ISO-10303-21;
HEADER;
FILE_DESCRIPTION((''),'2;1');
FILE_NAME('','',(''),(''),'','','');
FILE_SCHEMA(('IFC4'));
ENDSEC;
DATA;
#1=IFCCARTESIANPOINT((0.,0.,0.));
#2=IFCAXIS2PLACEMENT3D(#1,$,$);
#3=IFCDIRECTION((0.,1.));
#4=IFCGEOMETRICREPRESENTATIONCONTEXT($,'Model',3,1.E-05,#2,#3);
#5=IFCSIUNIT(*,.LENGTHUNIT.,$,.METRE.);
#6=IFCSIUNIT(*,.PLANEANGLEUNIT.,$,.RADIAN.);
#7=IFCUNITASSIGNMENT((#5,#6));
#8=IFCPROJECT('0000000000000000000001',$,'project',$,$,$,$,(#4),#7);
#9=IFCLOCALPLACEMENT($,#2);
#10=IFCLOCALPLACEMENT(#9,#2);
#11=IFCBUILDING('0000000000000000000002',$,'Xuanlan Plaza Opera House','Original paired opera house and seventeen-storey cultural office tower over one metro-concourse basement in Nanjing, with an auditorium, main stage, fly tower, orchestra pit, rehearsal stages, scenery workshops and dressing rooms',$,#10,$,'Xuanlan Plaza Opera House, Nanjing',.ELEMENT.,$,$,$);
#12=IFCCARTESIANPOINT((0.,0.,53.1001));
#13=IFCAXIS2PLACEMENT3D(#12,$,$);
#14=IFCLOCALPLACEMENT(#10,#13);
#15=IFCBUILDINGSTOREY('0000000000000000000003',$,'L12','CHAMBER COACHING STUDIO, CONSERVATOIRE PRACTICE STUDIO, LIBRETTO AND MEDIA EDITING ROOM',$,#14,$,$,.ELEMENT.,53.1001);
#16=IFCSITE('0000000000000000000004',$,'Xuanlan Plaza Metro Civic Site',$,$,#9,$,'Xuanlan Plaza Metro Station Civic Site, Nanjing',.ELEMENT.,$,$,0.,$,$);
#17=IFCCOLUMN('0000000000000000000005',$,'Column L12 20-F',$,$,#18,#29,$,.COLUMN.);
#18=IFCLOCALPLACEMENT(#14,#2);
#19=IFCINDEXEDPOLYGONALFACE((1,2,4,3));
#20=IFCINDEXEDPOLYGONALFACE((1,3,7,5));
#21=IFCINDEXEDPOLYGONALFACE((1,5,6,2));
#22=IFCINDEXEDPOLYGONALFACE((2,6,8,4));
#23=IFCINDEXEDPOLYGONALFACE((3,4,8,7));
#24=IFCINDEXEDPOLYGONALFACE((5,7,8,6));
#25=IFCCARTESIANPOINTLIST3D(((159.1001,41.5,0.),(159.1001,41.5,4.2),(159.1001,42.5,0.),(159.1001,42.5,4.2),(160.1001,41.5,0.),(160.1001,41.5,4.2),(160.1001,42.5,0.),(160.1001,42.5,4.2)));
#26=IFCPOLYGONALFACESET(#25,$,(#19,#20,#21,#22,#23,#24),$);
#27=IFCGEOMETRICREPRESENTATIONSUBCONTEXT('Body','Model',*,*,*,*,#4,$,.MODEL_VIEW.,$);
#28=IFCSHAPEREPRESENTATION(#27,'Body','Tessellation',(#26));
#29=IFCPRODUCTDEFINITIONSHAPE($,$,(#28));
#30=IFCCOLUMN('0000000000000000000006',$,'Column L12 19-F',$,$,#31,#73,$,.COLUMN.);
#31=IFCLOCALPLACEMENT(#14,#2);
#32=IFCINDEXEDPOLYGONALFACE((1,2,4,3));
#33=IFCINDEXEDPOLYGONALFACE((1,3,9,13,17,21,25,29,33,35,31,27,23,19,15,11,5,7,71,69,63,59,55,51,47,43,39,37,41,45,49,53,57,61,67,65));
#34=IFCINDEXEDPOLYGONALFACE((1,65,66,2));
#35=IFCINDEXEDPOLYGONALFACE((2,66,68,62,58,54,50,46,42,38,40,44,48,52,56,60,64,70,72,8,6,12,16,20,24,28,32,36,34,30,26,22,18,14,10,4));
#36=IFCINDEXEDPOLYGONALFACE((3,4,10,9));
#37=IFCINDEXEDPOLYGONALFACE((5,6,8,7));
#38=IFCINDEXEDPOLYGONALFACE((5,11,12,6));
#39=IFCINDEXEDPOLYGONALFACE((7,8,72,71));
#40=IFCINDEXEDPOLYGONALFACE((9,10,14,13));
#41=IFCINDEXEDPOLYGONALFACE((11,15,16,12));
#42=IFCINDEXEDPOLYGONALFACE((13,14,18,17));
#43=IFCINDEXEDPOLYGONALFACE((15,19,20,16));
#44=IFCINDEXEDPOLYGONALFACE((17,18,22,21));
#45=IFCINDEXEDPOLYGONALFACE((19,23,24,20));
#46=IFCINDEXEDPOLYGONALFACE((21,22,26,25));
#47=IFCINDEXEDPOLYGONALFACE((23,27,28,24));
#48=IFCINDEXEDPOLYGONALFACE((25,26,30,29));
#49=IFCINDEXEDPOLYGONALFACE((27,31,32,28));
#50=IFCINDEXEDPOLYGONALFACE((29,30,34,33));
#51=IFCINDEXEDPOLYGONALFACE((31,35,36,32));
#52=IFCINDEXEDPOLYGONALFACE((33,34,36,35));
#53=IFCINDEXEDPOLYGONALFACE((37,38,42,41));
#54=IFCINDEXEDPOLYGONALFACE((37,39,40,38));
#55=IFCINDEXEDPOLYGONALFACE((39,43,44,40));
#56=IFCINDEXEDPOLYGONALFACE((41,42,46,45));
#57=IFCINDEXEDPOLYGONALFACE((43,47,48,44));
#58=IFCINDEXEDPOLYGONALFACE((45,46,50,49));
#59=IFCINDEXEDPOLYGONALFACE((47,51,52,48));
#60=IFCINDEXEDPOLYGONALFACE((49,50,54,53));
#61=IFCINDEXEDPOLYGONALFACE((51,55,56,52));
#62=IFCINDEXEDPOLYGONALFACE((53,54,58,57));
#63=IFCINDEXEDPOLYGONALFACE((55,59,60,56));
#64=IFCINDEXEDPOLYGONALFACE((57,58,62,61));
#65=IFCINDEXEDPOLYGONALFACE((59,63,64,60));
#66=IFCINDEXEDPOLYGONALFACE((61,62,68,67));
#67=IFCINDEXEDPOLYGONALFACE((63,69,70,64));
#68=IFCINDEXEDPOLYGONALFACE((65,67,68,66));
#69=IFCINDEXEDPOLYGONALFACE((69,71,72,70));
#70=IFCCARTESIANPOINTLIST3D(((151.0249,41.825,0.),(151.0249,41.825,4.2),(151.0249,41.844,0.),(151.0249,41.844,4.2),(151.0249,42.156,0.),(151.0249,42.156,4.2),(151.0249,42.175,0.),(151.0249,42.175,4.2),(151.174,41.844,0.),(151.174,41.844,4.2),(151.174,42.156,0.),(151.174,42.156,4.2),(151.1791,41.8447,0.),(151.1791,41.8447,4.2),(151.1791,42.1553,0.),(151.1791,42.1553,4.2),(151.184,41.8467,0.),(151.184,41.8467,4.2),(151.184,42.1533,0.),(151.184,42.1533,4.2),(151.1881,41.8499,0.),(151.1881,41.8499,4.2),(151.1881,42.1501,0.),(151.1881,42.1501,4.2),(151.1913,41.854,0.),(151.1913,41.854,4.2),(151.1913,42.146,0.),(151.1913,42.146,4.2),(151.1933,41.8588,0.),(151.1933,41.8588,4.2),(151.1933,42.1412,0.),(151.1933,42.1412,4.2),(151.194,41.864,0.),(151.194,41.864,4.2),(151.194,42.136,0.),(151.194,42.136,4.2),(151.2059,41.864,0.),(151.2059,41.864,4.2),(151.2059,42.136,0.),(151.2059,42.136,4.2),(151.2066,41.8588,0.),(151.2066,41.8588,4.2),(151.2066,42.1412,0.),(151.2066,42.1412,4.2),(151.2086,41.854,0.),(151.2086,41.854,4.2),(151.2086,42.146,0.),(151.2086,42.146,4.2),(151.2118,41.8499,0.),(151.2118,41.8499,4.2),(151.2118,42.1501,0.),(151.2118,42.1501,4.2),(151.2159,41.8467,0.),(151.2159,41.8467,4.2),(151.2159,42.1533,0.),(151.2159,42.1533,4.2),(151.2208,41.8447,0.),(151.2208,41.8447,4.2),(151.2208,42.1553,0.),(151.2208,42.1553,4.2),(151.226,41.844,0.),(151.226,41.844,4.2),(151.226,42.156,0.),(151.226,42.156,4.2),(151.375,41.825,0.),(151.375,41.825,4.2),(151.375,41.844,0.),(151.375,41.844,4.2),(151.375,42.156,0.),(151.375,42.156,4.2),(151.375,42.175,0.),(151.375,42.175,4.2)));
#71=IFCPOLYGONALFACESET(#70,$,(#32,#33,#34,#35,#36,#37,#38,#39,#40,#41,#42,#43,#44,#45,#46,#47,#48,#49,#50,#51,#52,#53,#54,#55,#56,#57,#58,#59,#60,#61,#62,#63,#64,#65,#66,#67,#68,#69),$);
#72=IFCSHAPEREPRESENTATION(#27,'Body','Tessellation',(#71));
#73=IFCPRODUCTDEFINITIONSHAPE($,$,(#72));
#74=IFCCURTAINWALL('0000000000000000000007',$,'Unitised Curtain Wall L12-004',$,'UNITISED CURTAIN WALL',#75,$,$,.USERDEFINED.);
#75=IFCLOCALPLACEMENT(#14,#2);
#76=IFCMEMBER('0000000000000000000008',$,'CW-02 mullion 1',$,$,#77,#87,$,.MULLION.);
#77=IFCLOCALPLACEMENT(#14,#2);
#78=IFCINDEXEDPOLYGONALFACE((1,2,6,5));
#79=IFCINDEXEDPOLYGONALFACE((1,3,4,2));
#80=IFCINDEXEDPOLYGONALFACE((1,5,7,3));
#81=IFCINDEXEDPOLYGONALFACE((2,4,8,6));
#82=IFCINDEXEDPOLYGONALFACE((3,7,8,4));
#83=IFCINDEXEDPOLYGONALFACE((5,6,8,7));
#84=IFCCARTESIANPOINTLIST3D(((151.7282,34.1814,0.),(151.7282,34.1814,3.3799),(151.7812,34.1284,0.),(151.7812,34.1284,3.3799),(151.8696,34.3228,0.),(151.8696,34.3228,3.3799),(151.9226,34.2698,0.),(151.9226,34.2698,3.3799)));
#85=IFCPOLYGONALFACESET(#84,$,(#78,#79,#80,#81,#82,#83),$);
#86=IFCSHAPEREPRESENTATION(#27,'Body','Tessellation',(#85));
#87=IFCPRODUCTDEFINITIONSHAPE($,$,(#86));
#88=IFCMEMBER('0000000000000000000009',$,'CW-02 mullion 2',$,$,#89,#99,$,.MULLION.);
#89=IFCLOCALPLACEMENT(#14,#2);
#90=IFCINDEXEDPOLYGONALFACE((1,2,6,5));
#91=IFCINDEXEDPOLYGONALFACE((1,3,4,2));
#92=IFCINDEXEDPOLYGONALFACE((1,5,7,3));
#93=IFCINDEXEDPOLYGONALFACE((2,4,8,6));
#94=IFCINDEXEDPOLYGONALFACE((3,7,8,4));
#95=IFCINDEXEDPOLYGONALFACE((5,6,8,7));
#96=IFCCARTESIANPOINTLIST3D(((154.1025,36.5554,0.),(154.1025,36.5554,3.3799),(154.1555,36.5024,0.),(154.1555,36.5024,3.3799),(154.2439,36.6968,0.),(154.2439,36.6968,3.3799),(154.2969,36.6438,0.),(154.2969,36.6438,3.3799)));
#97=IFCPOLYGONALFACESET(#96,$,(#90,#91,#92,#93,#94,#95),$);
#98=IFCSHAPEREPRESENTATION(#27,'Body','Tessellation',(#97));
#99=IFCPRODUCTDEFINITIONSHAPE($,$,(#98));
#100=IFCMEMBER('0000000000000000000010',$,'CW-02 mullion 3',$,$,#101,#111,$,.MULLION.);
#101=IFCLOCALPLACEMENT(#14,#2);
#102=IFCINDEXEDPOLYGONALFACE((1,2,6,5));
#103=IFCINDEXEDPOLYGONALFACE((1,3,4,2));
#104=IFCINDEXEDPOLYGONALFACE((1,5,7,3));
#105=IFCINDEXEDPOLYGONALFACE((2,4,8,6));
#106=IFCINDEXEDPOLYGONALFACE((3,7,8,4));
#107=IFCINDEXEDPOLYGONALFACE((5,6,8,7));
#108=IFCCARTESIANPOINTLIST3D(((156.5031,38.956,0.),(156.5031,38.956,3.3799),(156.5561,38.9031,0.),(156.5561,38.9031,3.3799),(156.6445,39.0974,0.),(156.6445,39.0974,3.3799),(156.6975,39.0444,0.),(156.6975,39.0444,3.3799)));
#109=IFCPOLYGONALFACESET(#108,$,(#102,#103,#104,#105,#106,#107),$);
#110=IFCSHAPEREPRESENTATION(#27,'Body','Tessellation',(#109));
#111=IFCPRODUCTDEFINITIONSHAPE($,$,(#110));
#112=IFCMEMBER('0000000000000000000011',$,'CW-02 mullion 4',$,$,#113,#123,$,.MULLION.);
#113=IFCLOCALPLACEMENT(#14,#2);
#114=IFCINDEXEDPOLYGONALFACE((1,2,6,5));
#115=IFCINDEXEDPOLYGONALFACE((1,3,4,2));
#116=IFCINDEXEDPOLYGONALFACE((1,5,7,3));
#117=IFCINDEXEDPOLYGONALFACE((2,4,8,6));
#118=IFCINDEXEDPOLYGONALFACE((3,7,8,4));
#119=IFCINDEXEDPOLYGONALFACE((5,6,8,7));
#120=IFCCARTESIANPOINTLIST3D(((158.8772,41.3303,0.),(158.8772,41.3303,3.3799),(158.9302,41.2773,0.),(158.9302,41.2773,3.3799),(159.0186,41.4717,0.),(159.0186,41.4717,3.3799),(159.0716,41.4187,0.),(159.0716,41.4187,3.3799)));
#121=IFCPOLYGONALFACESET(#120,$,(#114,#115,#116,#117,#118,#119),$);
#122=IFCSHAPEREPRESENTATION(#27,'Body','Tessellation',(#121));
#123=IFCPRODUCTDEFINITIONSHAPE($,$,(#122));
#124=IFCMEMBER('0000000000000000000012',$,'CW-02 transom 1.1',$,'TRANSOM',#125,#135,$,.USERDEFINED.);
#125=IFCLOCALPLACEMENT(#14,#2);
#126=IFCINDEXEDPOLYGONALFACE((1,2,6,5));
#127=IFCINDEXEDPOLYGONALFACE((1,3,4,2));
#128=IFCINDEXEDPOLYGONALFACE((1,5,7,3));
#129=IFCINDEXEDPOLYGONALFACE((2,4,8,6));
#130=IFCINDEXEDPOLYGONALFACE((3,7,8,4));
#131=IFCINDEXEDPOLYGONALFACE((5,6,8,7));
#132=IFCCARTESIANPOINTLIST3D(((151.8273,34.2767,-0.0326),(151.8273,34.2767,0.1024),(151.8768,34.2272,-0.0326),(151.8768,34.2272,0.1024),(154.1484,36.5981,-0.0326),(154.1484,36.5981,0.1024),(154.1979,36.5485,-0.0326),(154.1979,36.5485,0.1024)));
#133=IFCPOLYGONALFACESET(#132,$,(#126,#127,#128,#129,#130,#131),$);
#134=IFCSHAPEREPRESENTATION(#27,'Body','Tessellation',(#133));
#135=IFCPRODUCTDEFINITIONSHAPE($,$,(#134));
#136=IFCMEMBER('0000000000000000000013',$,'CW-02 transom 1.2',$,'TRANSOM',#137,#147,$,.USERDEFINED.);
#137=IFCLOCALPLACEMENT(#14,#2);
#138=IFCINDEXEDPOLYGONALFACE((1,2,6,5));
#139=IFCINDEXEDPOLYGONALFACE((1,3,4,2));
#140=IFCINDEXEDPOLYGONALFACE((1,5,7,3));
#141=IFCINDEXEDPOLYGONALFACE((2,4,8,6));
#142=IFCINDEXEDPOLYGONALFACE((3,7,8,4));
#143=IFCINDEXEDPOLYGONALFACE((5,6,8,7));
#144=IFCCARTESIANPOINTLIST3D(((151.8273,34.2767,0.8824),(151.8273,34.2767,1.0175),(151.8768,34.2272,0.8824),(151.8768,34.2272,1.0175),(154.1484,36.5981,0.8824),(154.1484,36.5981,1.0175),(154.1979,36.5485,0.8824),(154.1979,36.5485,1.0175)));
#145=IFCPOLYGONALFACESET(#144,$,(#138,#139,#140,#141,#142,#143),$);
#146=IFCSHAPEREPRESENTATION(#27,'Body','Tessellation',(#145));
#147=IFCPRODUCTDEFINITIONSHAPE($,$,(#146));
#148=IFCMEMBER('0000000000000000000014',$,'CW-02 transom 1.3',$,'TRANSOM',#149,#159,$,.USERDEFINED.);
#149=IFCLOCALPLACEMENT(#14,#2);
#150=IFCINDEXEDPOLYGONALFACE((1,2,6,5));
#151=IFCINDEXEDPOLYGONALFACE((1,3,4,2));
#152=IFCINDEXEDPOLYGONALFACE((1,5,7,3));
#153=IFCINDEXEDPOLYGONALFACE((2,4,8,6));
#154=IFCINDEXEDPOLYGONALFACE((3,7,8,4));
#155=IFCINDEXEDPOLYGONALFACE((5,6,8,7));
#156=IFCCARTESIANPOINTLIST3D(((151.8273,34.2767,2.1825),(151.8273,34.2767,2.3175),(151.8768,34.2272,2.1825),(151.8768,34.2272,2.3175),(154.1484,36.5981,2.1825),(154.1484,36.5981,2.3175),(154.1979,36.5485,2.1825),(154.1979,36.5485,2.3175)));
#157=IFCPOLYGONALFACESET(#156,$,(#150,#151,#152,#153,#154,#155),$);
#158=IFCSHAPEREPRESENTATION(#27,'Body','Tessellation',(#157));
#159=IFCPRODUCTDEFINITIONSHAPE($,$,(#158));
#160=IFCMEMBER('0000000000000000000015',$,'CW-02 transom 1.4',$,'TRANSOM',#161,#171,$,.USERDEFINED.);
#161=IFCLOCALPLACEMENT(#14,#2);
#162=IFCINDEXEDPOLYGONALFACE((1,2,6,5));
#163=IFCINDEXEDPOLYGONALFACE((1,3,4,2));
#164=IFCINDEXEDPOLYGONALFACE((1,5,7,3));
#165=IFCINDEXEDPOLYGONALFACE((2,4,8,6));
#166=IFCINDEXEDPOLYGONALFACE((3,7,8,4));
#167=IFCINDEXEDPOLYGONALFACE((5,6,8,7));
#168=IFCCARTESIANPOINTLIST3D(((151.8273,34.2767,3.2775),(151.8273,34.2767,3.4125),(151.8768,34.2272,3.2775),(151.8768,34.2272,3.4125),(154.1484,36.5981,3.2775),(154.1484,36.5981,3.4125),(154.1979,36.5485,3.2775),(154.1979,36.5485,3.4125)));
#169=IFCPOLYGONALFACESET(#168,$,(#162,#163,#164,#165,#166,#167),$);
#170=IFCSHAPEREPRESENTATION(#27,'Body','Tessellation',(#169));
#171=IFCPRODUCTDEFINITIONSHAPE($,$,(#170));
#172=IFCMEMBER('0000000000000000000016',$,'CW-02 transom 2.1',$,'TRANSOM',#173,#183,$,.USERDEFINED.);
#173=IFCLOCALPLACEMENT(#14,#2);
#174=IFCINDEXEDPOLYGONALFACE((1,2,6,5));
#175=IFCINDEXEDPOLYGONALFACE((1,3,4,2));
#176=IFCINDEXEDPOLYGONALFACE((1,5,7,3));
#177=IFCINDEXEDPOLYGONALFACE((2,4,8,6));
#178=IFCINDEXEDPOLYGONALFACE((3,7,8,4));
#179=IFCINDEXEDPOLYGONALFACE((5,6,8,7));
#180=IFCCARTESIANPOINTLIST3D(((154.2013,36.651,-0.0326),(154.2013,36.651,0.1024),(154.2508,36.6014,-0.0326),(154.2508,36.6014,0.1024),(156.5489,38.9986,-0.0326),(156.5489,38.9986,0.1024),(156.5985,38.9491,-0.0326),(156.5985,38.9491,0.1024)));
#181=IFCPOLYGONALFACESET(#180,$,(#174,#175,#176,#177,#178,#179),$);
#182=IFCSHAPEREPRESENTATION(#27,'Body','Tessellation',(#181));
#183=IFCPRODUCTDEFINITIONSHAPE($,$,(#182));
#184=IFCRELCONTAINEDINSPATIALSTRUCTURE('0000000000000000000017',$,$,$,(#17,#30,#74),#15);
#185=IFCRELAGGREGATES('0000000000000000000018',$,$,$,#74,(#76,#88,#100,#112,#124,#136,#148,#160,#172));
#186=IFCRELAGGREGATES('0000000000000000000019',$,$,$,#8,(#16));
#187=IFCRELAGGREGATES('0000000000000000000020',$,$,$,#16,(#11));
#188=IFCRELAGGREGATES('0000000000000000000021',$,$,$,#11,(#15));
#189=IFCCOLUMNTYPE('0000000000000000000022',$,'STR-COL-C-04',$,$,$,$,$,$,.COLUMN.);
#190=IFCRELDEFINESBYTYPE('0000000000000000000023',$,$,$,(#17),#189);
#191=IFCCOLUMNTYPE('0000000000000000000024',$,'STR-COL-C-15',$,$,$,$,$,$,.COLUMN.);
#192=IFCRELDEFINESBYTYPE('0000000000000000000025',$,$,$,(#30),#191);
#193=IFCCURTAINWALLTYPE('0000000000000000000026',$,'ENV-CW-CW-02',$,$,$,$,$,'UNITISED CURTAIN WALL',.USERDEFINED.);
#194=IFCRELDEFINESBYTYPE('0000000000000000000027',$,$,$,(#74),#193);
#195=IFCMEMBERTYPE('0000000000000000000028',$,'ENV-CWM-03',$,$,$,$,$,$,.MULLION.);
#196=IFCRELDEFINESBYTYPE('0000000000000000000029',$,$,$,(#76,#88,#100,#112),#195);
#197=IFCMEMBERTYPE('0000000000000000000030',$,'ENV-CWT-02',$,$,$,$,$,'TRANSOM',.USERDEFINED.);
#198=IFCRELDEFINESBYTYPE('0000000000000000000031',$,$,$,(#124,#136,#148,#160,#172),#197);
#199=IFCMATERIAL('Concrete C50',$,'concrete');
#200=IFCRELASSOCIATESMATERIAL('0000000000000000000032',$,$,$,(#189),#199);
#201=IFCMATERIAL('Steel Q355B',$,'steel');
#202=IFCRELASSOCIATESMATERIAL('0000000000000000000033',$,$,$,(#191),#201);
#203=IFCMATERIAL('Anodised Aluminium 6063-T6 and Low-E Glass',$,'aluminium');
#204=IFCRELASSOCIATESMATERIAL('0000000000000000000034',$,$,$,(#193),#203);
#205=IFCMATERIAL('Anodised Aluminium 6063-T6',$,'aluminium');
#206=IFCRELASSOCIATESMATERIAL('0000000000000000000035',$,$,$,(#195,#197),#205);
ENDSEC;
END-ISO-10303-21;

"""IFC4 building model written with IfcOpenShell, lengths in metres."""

from ifc_helpers import new_model, si_unit, direction, frame, origin, origin_2d, place, context, subcontext, project, spatial, rectangle, i_section, extrude, material, material_profile, profile_set, type_object, element, aggregate, save


model = new_model("IFC4")

# Units and contexts
model_context = context("Model", 3, precision=1e-05, world=origin(), true_north=direction((0.0, 1.0)))
body_context = subcontext(model_context, "Body", "Model", "MODEL_VIEW")
ifc_project = project(units=[si_unit("LENGTHUNIT", "METRE"), si_unit("PLANEANGLEUNIT", "RADIAN")], contexts=[model_context])

# Site, building, storey
site_placement = place(None, origin())
site = spatial("IfcSite", under=ifc_project, at=site_placement, Name="Xuanlan Plaza Metro Civic Site", LongName="Xuanlan Plaza Metro Station Civic Site, Nanjing", CompositionType="ELEMENT", RefElevation=0.0)
building_placement = place(site_placement, origin())
building = spatial("IfcBuilding", under=site, at=building_placement, Name="Xuanlan Plaza Opera House", Description="Original paired opera house and seventeen-storey cultural office tower over one metro-concourse basement in Nanjing, with an auditorium, main stage, fly tower, orchestra pit, rehearsal stages, scenery workshops and dressing rooms", LongName="Xuanlan Plaza Opera House, Nanjing", CompositionType="ELEMENT")
storey_placement = place(building_placement, frame((0.0, 0.0, 53.1001)))
storey = spatial("IfcBuildingStorey", under=building, at=storey_placement, Name="L12", Description="CHAMBER COACHING STUDIO, CONSERVATOIRE PRACTICE STUDIO, LIBRETTO AND MEDIA EDITING ROOM", CompositionType="ELEMENT", Elevation=53.1001)

# Columns
ifc_material_1 = material(Name="Concrete C50", Category="concrete")
ifc_material_profile_1 = material_profile(ifc_material_1, rectangle(XDim=1.0, YDim=1.0, at=origin_2d()), Name="RC-COL 1000x1000")
ifc_profile_set_1 = profile_set([ifc_material_profile_1], Name="Concrete C50")
column_type_1 = type_object("IfcColumnType", Name="STR-COL-C-04", PredefinedType="COLUMN", material=ifc_profile_set_1)
column_1_placement = place(storey_placement, frame((159.6001, 42.0, 0.0), z_axis=(0.0, 0.0, 1.0), x_axis=(1.0, 0.0, 0.0)))
element("IfcColumn", 1, at=column_1_placement, inside=storey, type_object=column_type_1, Name="Column L12 20-F", PredefinedType="COLUMN", context=body_context, shape_type="SweptSolid", body=[
    extrude(rectangle(XDim=1.0, YDim=1.0, at=origin_2d()), origin(), (0.0, 0.0, 1.0), 4.2),
])
ifc_material_2 = material(Name="Steel Q355B", Category="steel")
ifc_material_profile_2 = material_profile(ifc_material_2, i_section(OverallWidth=0.3501, OverallDepth=0.3501, WebThickness=0.012, FlangeThickness=0.019, FilletRadius=0.02, at=origin_2d()), Name="HW 350x350x12x19")
ifc_profile_set_2 = profile_set([ifc_material_profile_2], Name="Steel Q355B")
column_type_2 = type_object("IfcColumnType", Name="STR-COL-C-15", PredefinedType="COLUMN", material=ifc_profile_set_2)
column_2_placement = place(storey_placement, frame((151.2, 42.0, 0.0), z_axis=(0.0, 0.0, 1.0), x_axis=(1.0, 0.0, 0.0)))
element("IfcColumn", 2, at=column_2_placement, inside=storey, type_object=column_type_2, Name="Column L12 19-F", PredefinedType="COLUMN", context=body_context, shape_type="SweptSolid", body=[
    extrude(i_section(OverallWidth=0.3501, OverallDepth=0.3501, WebThickness=0.012, FlangeThickness=0.019, FilletRadius=0.02, at=origin_2d()), origin(), (0.0, 0.0, 1.0), 4.2),
])

# Curtain wall, members
ifc_material_3 = material(Name="Anodised Aluminium 6063-T6 and Low-E Glass", Category="aluminium")
curtain_wall_type = type_object("IfcCurtainWallType", Name="ENV-CW-CW-02", ElementType="UNITISED CURTAIN WALL", PredefinedType="USERDEFINED", material=ifc_material_3)
curtain_wall_placement = place(storey_placement, origin())
curtain_wall = element("IfcCurtainWall", 3, at=curtain_wall_placement, inside=storey, type_object=curtain_wall_type, Name="Unitised Curtain Wall L12-004", ObjectType="UNITISED CURTAIN WALL", PredefinedType="USERDEFINED")
ifc_material_4 = material(Name="Anodised Aluminium 6063-T6", Category="aluminium")
ifc_material_profile_3 = material_profile(ifc_material_4, rectangle(XDim=0.075, YDim=0.2, at=origin_2d()), Name="ALU-M 75x200")
ifc_profile_set_3 = profile_set([ifc_material_profile_3], Name="Anodised Aluminium 6063-T6")
member_type_1 = type_object("IfcMemberType", Name="ENV-CWM-03", PredefinedType="MULLION", material=ifc_profile_set_3)
member_1_placement = place(storey_placement, frame((151.8254, 34.2256, 0.0), z_axis=(0.0, 0.0, 1.0), x_axis=(-0.707107, 0.707107, 0.0)))
member_1 = element("IfcMember", 4, at=member_1_placement, type_object=member_type_1, Name="CW-02 mullion 1", PredefinedType="MULLION", context=body_context, shape_type="SweptSolid", body=[
    extrude(rectangle(XDim=0.075, YDim=0.2, at=origin_2d()), origin(), (0.0, 0.0, 1.0), 3.3799),
])
member_2_placement = place(storey_placement, frame((154.1997, 36.5996, 0.0), z_axis=(0.0, 0.0, 1.0), x_axis=(-0.707107, 0.707107, 0.0)))
member_2 = element("IfcMember", 5, at=member_2_placement, type_object=member_type_1, Name="CW-02 mullion 2", PredefinedType="MULLION", context=body_context, shape_type="SweptSolid", body=[
    extrude(rectangle(XDim=0.075, YDim=0.2, at=origin_2d()), origin(), (0.0, 0.0, 1.0), 3.3799),
])
member_3_placement = place(storey_placement, frame((156.6003, 39.0002, 0.0), z_axis=(0.0, 0.0, 1.0), x_axis=(-0.707107, 0.707107, 0.0)))
member_3 = element("IfcMember", 6, at=member_3_placement, type_object=member_type_1, Name="CW-02 mullion 3", PredefinedType="MULLION", context=body_context, shape_type="SweptSolid", body=[
    extrude(rectangle(XDim=0.075, YDim=0.2, at=origin_2d()), origin(), (0.0, 0.0, 1.0), 3.3799),
])
member_4_placement = place(storey_placement, frame((158.9744, 41.3745, 0.0), z_axis=(0.0, 0.0, 1.0), x_axis=(-0.707107, 0.707107, 0.0)))
member_4 = element("IfcMember", 7, at=member_4_placement, type_object=member_type_1, Name="CW-02 mullion 4", PredefinedType="MULLION", context=body_context, shape_type="SweptSolid", body=[
    extrude(rectangle(XDim=0.075, YDim=0.2, at=origin_2d()), origin(), (0.0, 0.0, 1.0), 3.3799),
])
ifc_material_profile_4 = material_profile(ifc_material_4, rectangle(XDim=0.0701, YDim=0.135, at=origin_2d()), Name="ALU-T 70x135")
ifc_profile_set_4 = profile_set([ifc_material_profile_4], Name="Anodised Aluminium 6063-T6")
member_type_2 = type_object("IfcMemberType", Name="ENV-CWT-02", ElementType="TRANSOM", PredefinedType="USERDEFINED", material=ifc_profile_set_4)
member_5_placement = place(storey_placement, frame((151.8521, 34.252, 0.0349), z_axis=(0.70707, 0.707144, 0.0), x_axis=(-0.707144, 0.70707, 0.0)))
member_5 = element("IfcMember", 8, at=member_5_placement, type_object=member_type_2, Name="CW-02 transom 1.1", ObjectType="TRANSOM", PredefinedType="USERDEFINED", context=body_context, shape_type="SweptSolid", body=[
    extrude(rectangle(XDim=0.0701, YDim=0.135, at=origin_2d()), origin(), (0.0, 0.0, 1.0), 3.2827),
])
member_6_placement = place(storey_placement, frame((151.8521, 34.252, 0.95), z_axis=(0.70707, 0.707144, 0.0), x_axis=(-0.707144, 0.70707, 0.0)))
member_6 = element("IfcMember", 9, at=member_6_placement, type_object=member_type_2, Name="CW-02 transom 1.2", ObjectType="TRANSOM", PredefinedType="USERDEFINED", context=body_context, shape_type="SweptSolid", body=[
    extrude(rectangle(XDim=0.0701, YDim=0.135, at=origin_2d()), origin(), (0.0, 0.0, 1.0), 3.2827),
])
member_7_placement = place(storey_placement, frame((151.8521, 34.252, 2.25), z_axis=(0.70707, 0.707144, 0.0), x_axis=(-0.707144, 0.70707, 0.0)))
member_7 = element("IfcMember", 10, at=member_7_placement, type_object=member_type_2, Name="CW-02 transom 1.3", ObjectType="TRANSOM", PredefinedType="USERDEFINED", context=body_context, shape_type="SweptSolid", body=[
    extrude(rectangle(XDim=0.0701, YDim=0.135, at=origin_2d()), origin(), (0.0, 0.0, 1.0), 3.2827),
])
member_8_placement = place(storey_placement, frame((151.8521, 34.252, 3.345), z_axis=(0.70707, 0.707144, 0.0), x_axis=(-0.707144, 0.70707, 0.0)))
member_8 = element("IfcMember", 11, at=member_8_placement, type_object=member_type_2, Name="CW-02 transom 1.4", ObjectType="TRANSOM", PredefinedType="USERDEFINED", context=body_context, shape_type="SweptSolid", body=[
    extrude(rectangle(XDim=0.0701, YDim=0.135, at=origin_2d()), origin(), (0.0, 0.0, 1.0), 3.2827),
])
member_9_placement = place(storey_placement, frame((154.2261, 36.6262, 0.0349), z_axis=(0.707107, 0.707107, 0.0), x_axis=(-0.707107, 0.707107, 0.0)))
member_9 = element("IfcMember", 12, at=member_9_placement, type_object=member_type_2, Name="CW-02 transom 2.1", ObjectType="TRANSOM", PredefinedType="USERDEFINED", context=body_context, shape_type="SweptSolid", body=[
    extrude(rectangle(XDim=0.0701, YDim=0.135, at=origin_2d()), origin(), (0.0, 0.0, 1.0), 3.3201),
])

aggregate(curtain_wall, [member_1, member_2, member_3, member_4, member_5, member_6, member_7, member_8, member_9])

save(model, "model.ifc")
